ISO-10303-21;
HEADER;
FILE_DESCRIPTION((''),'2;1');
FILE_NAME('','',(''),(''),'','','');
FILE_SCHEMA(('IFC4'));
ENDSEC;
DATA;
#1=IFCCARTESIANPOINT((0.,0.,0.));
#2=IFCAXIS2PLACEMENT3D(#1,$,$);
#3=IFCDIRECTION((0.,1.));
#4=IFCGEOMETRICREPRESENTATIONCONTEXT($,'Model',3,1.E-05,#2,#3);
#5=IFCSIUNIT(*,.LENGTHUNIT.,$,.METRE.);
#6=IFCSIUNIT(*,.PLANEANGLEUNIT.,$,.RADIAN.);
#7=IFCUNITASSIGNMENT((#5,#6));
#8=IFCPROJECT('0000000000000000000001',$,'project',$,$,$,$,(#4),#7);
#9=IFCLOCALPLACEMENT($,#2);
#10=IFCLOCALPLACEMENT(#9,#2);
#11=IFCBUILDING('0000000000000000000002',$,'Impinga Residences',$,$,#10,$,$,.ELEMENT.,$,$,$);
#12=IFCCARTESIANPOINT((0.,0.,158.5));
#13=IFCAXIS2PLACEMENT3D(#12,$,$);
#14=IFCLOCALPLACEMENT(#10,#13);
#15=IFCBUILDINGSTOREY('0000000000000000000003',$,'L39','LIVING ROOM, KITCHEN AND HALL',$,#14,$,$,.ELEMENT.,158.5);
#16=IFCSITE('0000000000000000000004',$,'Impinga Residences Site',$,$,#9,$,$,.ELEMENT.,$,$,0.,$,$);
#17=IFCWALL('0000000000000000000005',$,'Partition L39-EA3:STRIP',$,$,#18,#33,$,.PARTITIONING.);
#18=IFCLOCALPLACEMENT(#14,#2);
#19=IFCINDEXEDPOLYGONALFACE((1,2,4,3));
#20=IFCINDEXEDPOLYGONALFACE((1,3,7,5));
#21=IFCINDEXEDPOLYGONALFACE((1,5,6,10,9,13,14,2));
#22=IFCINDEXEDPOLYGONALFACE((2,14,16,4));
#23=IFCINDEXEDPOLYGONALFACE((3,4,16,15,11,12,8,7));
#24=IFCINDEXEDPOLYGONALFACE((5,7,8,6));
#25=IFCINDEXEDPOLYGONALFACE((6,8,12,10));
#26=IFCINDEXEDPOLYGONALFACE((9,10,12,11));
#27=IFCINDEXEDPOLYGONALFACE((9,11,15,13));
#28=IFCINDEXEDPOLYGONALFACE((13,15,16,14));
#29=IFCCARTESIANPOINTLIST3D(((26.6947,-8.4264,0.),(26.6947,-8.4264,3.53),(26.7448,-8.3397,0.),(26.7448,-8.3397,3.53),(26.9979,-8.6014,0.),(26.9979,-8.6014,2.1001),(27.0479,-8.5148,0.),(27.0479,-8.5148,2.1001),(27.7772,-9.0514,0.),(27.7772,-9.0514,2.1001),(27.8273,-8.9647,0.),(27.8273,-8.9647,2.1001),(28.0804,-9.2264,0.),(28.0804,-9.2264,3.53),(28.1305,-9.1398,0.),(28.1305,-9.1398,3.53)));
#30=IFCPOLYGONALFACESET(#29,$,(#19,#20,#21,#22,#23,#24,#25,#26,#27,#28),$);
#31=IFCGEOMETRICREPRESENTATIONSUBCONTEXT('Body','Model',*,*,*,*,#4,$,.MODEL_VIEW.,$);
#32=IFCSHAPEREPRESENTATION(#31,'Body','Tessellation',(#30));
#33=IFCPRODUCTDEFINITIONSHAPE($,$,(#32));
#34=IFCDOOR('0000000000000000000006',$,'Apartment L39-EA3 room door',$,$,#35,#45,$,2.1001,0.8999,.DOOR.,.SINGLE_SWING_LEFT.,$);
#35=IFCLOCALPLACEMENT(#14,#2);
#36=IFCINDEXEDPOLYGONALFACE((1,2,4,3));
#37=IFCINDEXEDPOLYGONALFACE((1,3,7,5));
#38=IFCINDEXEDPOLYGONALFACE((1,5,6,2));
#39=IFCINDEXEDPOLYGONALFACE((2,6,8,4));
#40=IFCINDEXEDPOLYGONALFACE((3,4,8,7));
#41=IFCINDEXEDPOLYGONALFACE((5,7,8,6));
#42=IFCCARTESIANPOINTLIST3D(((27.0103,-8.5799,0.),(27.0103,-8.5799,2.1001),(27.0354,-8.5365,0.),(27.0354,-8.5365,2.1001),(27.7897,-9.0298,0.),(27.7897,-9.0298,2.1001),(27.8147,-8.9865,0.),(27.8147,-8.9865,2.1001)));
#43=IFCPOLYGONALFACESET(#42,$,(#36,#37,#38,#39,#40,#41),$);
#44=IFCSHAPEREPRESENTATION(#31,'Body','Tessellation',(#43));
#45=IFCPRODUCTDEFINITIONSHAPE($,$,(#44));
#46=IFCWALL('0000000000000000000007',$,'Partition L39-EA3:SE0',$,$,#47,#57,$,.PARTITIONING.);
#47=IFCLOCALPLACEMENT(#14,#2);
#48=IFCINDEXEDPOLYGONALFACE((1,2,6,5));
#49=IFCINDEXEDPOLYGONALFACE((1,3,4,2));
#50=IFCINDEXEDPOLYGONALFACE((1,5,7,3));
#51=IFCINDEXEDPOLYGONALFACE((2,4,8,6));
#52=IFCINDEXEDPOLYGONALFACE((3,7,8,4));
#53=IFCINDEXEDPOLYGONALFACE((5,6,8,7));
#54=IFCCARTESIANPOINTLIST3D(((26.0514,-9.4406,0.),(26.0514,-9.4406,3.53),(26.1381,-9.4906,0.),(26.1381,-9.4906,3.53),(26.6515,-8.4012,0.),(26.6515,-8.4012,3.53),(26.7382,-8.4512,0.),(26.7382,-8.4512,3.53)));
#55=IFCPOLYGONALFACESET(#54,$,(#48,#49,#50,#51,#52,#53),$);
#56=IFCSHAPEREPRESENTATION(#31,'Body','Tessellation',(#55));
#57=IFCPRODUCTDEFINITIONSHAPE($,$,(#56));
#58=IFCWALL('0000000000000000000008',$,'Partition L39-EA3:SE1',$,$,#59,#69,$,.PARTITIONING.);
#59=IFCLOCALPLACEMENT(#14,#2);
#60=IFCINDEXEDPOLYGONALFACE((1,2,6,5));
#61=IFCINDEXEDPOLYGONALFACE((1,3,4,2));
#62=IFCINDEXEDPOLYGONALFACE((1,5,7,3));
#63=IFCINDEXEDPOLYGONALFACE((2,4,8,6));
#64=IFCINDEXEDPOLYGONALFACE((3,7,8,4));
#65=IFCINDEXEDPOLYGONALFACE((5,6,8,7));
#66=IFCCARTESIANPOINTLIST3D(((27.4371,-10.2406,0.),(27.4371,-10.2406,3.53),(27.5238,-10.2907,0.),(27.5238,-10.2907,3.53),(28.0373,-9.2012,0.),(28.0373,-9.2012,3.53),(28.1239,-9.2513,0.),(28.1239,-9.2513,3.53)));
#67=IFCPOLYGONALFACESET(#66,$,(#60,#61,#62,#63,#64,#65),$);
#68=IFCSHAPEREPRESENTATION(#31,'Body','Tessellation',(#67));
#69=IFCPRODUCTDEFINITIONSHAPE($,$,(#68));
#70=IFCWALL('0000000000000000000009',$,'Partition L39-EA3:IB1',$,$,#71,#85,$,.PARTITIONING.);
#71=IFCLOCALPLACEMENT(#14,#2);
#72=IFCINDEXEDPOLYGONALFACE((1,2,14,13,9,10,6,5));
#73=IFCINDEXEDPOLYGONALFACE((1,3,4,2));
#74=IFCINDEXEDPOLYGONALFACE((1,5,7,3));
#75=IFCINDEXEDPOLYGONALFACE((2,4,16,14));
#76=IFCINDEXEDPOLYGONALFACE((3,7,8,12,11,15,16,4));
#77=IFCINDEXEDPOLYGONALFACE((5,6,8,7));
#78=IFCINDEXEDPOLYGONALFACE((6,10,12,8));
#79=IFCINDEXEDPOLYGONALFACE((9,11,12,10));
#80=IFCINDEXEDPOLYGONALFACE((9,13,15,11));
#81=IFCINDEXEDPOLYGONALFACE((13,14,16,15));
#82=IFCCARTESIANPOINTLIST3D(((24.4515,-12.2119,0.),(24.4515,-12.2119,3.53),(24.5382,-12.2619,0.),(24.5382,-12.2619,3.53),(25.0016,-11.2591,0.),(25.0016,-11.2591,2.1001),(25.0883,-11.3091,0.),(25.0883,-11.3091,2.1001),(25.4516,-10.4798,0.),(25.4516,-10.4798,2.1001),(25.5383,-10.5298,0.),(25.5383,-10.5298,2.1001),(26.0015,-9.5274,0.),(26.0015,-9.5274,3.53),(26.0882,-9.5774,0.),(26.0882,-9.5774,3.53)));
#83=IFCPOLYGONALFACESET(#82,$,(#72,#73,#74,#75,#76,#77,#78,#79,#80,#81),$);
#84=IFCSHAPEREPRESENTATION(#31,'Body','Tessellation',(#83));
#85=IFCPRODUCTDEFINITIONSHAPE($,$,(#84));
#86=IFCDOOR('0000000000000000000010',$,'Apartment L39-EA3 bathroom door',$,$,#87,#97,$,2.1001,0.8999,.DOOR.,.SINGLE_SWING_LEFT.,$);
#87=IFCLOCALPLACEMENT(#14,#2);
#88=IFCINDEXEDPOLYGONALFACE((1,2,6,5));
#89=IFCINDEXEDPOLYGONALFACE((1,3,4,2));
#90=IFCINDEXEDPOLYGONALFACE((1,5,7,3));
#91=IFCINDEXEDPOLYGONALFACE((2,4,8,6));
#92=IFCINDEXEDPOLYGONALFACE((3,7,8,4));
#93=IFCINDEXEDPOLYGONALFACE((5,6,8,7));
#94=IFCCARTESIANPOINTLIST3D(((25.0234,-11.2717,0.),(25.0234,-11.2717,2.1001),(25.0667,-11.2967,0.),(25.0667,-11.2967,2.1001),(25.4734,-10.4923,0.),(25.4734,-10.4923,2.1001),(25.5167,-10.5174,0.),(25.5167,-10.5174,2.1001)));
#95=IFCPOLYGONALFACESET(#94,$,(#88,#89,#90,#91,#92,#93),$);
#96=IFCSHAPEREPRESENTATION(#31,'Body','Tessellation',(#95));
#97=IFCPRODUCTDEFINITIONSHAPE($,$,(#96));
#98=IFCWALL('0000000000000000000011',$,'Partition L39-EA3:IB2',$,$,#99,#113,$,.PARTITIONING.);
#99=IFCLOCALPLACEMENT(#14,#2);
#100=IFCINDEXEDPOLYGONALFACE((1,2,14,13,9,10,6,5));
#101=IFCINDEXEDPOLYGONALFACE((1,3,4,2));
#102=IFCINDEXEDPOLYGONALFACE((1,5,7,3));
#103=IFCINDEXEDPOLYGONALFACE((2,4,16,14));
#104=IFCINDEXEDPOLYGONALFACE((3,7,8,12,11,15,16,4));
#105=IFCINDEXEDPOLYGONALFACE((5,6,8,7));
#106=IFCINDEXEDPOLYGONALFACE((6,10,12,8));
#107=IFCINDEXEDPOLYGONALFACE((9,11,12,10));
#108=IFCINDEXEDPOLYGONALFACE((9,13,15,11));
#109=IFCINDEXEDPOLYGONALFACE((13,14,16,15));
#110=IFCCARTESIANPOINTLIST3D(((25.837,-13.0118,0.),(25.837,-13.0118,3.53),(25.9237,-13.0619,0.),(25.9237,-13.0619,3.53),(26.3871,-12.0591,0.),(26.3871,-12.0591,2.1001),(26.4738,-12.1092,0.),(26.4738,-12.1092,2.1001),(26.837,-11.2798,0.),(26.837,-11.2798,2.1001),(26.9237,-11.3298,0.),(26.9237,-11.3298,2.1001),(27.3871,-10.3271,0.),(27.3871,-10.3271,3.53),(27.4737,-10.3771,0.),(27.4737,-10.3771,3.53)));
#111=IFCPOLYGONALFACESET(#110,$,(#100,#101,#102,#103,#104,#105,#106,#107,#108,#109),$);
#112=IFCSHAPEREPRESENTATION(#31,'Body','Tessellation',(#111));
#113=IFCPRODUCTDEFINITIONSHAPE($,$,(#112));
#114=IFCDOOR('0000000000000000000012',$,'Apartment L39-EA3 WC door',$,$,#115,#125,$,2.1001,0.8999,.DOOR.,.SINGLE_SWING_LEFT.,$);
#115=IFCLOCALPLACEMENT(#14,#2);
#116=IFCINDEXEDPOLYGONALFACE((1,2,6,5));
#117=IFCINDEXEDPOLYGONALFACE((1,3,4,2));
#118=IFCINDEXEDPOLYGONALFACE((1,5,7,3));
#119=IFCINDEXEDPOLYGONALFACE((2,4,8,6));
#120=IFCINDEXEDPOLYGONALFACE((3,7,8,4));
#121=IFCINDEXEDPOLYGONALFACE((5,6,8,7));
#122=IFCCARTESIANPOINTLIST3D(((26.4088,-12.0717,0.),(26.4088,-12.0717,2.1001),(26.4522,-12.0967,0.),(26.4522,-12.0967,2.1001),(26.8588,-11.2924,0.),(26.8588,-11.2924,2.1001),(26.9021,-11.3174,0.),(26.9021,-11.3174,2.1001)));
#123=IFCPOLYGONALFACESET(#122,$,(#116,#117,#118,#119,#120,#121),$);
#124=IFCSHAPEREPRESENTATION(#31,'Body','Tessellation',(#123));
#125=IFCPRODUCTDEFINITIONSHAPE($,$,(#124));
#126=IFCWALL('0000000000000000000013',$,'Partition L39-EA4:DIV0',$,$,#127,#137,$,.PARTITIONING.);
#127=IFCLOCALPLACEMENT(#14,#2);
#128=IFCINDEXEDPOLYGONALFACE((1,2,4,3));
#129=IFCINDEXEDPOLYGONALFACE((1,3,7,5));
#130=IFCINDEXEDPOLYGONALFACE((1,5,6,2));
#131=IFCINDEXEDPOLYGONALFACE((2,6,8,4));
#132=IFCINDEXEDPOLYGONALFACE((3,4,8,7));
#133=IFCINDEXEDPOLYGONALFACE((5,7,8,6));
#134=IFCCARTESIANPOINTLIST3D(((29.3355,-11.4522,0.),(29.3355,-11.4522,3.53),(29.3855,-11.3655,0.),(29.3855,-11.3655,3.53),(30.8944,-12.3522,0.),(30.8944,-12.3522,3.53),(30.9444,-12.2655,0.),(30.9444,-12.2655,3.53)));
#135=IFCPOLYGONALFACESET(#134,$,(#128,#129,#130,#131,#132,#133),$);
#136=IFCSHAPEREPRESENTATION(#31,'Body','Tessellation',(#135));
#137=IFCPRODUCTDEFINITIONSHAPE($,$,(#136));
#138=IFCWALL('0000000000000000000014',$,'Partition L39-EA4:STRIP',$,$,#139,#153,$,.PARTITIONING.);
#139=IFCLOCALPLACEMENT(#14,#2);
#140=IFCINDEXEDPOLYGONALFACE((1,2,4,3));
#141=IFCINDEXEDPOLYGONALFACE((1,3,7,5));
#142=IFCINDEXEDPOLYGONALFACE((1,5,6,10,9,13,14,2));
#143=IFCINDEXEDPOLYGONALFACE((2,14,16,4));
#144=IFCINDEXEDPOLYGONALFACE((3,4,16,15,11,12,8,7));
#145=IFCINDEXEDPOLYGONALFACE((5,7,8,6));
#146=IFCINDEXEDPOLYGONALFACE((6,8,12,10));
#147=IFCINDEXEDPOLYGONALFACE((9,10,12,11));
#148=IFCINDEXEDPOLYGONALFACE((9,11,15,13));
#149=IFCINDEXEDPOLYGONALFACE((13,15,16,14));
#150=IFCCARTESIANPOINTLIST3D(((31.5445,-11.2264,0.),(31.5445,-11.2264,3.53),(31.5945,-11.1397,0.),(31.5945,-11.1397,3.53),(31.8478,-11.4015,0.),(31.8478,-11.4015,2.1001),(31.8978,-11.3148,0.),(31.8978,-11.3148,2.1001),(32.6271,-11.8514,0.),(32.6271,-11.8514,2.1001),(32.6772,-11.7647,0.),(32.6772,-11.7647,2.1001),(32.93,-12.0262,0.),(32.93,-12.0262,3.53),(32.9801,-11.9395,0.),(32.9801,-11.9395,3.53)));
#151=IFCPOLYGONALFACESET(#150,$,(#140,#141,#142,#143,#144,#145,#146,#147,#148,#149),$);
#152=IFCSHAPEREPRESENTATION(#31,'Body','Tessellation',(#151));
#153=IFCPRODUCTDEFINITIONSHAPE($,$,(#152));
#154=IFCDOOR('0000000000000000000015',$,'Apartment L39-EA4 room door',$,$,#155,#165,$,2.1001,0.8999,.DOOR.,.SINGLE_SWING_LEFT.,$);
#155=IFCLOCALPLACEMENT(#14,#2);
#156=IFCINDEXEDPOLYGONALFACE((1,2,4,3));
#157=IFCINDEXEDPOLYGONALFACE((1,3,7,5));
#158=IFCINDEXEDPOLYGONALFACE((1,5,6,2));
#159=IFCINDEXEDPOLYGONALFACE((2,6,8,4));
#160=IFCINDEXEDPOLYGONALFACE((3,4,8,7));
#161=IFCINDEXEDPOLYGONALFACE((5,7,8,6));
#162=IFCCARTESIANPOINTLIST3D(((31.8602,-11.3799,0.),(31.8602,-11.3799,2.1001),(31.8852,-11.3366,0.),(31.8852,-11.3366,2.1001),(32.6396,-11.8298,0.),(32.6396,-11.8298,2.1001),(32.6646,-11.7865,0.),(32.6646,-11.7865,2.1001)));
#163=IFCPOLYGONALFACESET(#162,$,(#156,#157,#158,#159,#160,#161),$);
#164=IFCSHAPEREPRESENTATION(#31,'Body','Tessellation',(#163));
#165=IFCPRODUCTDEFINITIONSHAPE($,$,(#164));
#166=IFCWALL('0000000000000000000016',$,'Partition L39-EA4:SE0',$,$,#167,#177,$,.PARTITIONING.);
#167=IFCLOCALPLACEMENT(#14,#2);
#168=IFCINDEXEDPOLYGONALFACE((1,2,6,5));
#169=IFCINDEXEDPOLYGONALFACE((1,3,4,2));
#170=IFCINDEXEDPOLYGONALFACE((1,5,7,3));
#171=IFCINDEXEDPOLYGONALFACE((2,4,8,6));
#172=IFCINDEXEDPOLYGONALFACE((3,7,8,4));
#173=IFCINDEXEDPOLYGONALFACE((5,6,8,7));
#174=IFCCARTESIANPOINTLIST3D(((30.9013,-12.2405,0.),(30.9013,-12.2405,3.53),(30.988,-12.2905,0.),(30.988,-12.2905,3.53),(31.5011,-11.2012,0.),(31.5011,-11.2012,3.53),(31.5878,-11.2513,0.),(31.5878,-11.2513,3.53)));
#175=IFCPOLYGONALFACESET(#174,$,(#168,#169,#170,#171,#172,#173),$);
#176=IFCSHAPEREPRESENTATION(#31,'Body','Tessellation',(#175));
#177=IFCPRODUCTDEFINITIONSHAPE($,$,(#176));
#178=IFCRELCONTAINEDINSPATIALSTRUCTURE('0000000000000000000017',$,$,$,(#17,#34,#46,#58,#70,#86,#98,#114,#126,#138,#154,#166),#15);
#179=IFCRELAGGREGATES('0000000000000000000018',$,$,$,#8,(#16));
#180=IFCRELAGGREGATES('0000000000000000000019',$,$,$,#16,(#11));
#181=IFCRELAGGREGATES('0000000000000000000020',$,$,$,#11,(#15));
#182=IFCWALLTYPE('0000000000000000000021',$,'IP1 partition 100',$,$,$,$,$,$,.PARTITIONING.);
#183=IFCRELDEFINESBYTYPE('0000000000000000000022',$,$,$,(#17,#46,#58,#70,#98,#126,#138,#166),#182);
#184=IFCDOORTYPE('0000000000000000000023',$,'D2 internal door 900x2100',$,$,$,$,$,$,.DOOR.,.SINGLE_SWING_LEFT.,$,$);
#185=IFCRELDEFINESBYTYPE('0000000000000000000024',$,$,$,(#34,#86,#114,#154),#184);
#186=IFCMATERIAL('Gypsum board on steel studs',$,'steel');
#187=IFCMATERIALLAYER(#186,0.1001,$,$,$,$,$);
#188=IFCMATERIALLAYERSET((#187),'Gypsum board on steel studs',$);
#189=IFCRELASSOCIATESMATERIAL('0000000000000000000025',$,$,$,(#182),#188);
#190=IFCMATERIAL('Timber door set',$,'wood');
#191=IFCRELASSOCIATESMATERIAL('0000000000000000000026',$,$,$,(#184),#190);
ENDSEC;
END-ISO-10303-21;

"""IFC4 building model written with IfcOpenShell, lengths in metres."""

from ifc_helpers import new_model, si_unit, direction, frame, frame_2d, origin, place, context, subcontext, project, spatial, rectangle, extrude, material, layer, layer_set, type_object, element, fill, save


model = new_model("IFC4")

# Units and contexts
model_context = context("Model", 3, precision=1e-05, world=origin(), true_north=direction((0.0, 1.0)))
body_context = subcontext(model_context, "Body", "Model", "MODEL_VIEW")
ifc_project = project(units=[si_unit("LENGTHUNIT", "METRE"), si_unit("PLANEANGLEUNIT", "RADIAN")], contexts=[model_context])

# Site, building, storey
site_placement = place(None, origin())
site = spatial("IfcSite", under=ifc_project, at=site_placement, Name="Impinga Residences Site", CompositionType="ELEMENT", RefElevation=0.0)
building_placement = place(site_placement, origin())
building = spatial("IfcBuilding", under=site, at=building_placement, Name="Impinga Residences", CompositionType="ELEMENT")
storey_placement = place(building_placement, frame((0.0, 0.0, 158.5)))
storey = spatial("IfcBuildingStorey", under=building, at=storey_placement, Name="L39", Description="LIVING ROOM, KITCHEN AND HALL", CompositionType="ELEMENT", Elevation=158.5)

# Shared definitions
ifc_material_1 = material(Name="Timber door set", Category="wood")

# Shared definitions
ifc_material_2 = material(Name="Gypsum board on steel studs", Category="steel")
ifc_layer_1 = layer(ifc_material_2, 0.1001)
ifc_layer_set_1 = layer_set([ifc_layer_1], Name="Gypsum board on steel studs")
wall_type_1 = type_object("IfcWallType", Name="IP1 partition 100", PredefinedType="PARTITIONING", material=ifc_layer_set_1)

# Wall, opening, door
wall_1_placement = place(storey_placement, frame((26.7197, -8.3831, 0.0), z_axis=(0.0, 0.0, 1.0), x_axis=(0.866028, -0.499995, 0.0)))
wall_1 = element("IfcWall", 1, at=wall_1_placement, inside=storey, type_object=wall_type_1, Name="Partition L39-EA3:STRIP", PredefinedType="PARTITIONING", context=body_context, shape_type="SweptSolid", body=[
    extrude(rectangle(XDim=1.6001, YDim=0.1001, at=frame_2d((0.8, 0.0))), origin(), (0.0, 0.0, 1.0), 3.53),
])
opening_1_placement = place(wall_1_placement, frame((0.3501, 0.0, 0.0)))
opening_1 = element("IfcOpeningElement", 2, at=opening_1_placement, cuts=wall_1, PredefinedType="OPENING", context=body_context, shape_type="SweptSolid", body=[
    extrude(rectangle(XDim=0.8999, YDim=2.1001, at=frame_2d((0.45, 1.05))), frame((0.0, 0.0601, 0.0), z_axis=(0.0, -1.0, 0.0), x_axis=(1.0, 0.0, 0.0)), (0.0, 0.0, 1.0), 0.1201),
])
door_type_1 = type_object("IfcDoorType", Name="D2 internal door 900x2100", OperationType="SINGLE_SWING_LEFT", PredefinedType="DOOR", material=ifc_material_1)
door_1_placement = place(opening_1_placement, origin())
door_1 = element("IfcDoor", 3, at=door_1_placement, inside=storey, type_object=door_type_1, Name="Apartment L39-EA3 room door", OperationType="SINGLE_SWING_LEFT", OverallHeight=2.1001, OverallWidth=0.8999, PredefinedType="DOOR", context=body_context, shape_type="SweptSolid", body=[
    extrude(rectangle(XDim=0.8999, YDim=2.1001, at=frame_2d((0.45, 1.05))), frame((0.0, 0.0249, 0.0), z_axis=(0.0, -1.0, 0.0), x_axis=(1.0, 0.0, 0.0)), (0.0, 0.0, 1.0), 0.05),
])
fill(opening_1, door_1)

# Walls
for number, where, z_axis, x_axis, name in (
    (4, (26.0947, -9.4656, 0.0), (0.0, 0.0, 1.0), (0.500034, 0.866006, 0.0), "Partition L39-EA3:SE0"),
    (5, (27.4805, -10.2656, 0.0), (0.0, 0.0, 1.0), (0.500034, 0.866006, 0.0), "Partition L39-EA3:SE1"),
):
    element("IfcWall", number, at=place(storey_placement, frame(where, z_axis=z_axis, x_axis=x_axis)), inside=storey, type_object=wall_type_1, Name=name, PredefinedType="PARTITIONING", context=body_context, shape_type="SweptSolid", body=[
        extrude(rectangle(XDim=1.2002, YDim=0.1001, at=frame_2d((0.6001, 0.0))), origin(), (0.0, 0.0, 1.0), 3.53),
    ])

# Walls, openings, doors
wall_2_placement = place(storey_placement, frame((24.4949, -12.2368, 0.0), z_axis=(0.0, 0.0, 1.0), x_axis=(0.500027, 0.86601, 0.0)))
wall_2 = element("IfcWall", 6, at=wall_2_placement, inside=storey, type_object=wall_type_1, Name="Partition L39-EA3:IB1", PredefinedType="PARTITIONING", context=body_context, shape_type="SweptSolid", body=[
    extrude(rectangle(XDim=3.0999, YDim=0.1001, at=frame_2d((1.5498, 0.0))), origin(), (0.0, 0.0, 1.0), 3.53),
])
opening_2_placement = place(wall_2_placement, frame((1.1001, 0.0, 0.0)))
opening_2 = element("IfcOpeningElement", 7, at=opening_2_placement, cuts=wall_2, PredefinedType="OPENING", context=body_context, shape_type="SweptSolid", body=[
    extrude(rectangle(XDim=0.8999, YDim=2.1001, at=frame_2d((0.45, 1.05))), frame((0.0, 0.0601, 0.0), z_axis=(0.0, -1.0, 0.0), x_axis=(1.0, 0.0, 0.0)), (0.0, 0.0, 1.0), 0.1201),
])
door_2_placement = place(opening_2_placement, origin())
door_2 = element("IfcDoor", 8, at=door_2_placement, inside=storey, type_object=door_type_1, Name="Apartment L39-EA3 bathroom door", OperationType="SINGLE_SWING_LEFT", OverallHeight=2.1001, OverallWidth=0.8999, PredefinedType="DOOR", context=body_context, shape_type="SweptSolid", body=[
    extrude(rectangle(XDim=0.8999, YDim=2.1001, at=frame_2d((0.45, 1.05))), frame((0.0, 0.0249, 0.0), z_axis=(0.0, -1.0, 0.0), x_axis=(1.0, 0.0, 0.0)), (0.0, 0.0, 1.0), 0.05),
])
fill(opening_2, door_2)
wall_3_placement = place(storey_placement, frame((25.8804, -13.0369, 0.0), z_axis=(0.0, 0.0, 1.0), x_axis=(0.499993, 0.86603, 0.0)))
wall_3 = element("IfcWall", 9, at=wall_3_placement, inside=storey, type_object=wall_type_1, Name="Partition L39-EA3:IB2", PredefinedType="PARTITIONING", context=body_context, shape_type="SweptSolid", body=[
    extrude(rectangle(XDim=3.1001, YDim=0.1001, at=frame_2d((1.55, 0.0))), origin(), (0.0, 0.0, 1.0), 3.53),
])
opening_3_placement = place(wall_3_placement, frame((1.1001, 0.0, 0.0)))
opening_3 = element("IfcOpeningElement", 10, at=opening_3_placement, cuts=wall_3, PredefinedType="OPENING", context=body_context, shape_type="SweptSolid", body=[
    extrude(rectangle(XDim=0.8999, YDim=2.1001, at=frame_2d((0.45, 1.05))), frame((0.0, 0.0601, 0.0), z_axis=(0.0, -1.0, 0.0), x_axis=(1.0, 0.0, 0.0)), (0.0, 0.0, 1.0), 0.1201),
])
door_3_placement = place(opening_3_placement, origin())
door_3 = element("IfcDoor", 11, at=door_3_placement, inside=storey, type_object=door_type_1, Name="Apartment L39-EA3 WC door", OperationType="SINGLE_SWING_LEFT", OverallHeight=2.1001, OverallWidth=0.8999, PredefinedType="DOOR", context=body_context, shape_type="SweptSolid", body=[
    extrude(rectangle(XDim=0.8999, YDim=2.1001, at=frame_2d((0.45, 1.05))), frame((0.0, 0.0249, 0.0), z_axis=(0.0, -1.0, 0.0), x_axis=(1.0, 0.0, 0.0)), (0.0, 0.0, 1.0), 0.05),
])
fill(opening_3, door_3)

# Wall
wall_4_placement = place(storey_placement, frame((29.3606, -11.4089, 0.0), z_axis=(0.0, 0.0, 1.0), x_axis=(0.866048, -0.499961, 0.0)))
element("IfcWall", 12, at=wall_4_placement, inside=storey, type_object=wall_type_1, Name="Partition L39-EA4:DIV0", PredefinedType="PARTITIONING", context=body_context, shape_type="SweptSolid", body=[
    extrude(rectangle(XDim=1.8, YDim=0.1001, at=frame_2d((0.8999, 0.0))), origin(), (0.0, 0.0, 1.0), 3.53),
])

# Wall, opening, door
wall_5_placement = place(storey_placement, frame((31.5696, -11.1831, 0.0), z_axis=(0.0, 0.0, 1.0), x_axis=(0.866056, -0.499947, 0.0)))
wall_5 = element("IfcWall", 13, at=wall_5_placement, inside=storey, type_object=wall_type_1, Name="Partition L39-EA4:STRIP", PredefinedType="PARTITIONING", context=body_context, shape_type="SweptSolid", body=[
    extrude(rectangle(XDim=1.5999, YDim=0.1001, at=frame_2d((0.7998, 0.0))), origin(), (0.0, 0.0, 1.0), 3.53),
])
opening_4_placement = place(wall_5_placement, frame((0.3501, 0.0, 0.0)))
opening_4 = element("IfcOpeningElement", 14, at=opening_4_placement, cuts=wall_5, PredefinedType="OPENING", context=body_context, shape_type="SweptSolid", body=[
    extrude(rectangle(XDim=0.8999, YDim=2.1001, at=frame_2d((0.45, 1.05))), frame((0.0, 0.0601, 0.0), z_axis=(0.0, -1.0, 0.0), x_axis=(1.0, 0.0, 0.0)), (0.0, 0.0, 1.0), 0.1201),
])
door_4_placement = place(opening_4_placement, origin())
door_4 = element("IfcDoor", 15, at=door_4_placement, inside=storey, type_object=door_type_1, Name="Apartment L39-EA4 room door", OperationType="SINGLE_SWING_LEFT", OverallHeight=2.1001, OverallWidth=0.8999, PredefinedType="DOOR", context=body_context, shape_type="SweptSolid", body=[
    extrude(rectangle(XDim=0.8999, YDim=2.1001, at=frame_2d((0.45, 1.05))), frame((0.0, 0.0249, 0.0), z_axis=(0.0, -1.0, 0.0), x_axis=(1.0, 0.0, 0.0)), (0.0, 0.0, 1.0), 0.05),
])
fill(opening_4, door_4)

# Wall
for number, where, z_axis, x_axis, name in (
    (16, (30.9446, -12.2656, 0.0), (0.0, 0.0, 1.0), (0.499881, 0.866094, 0.0), "Partition L39-EA4:SE0"),
):
    element("IfcWall", number, at=place(storey_placement, frame(where, z_axis=z_axis, x_axis=x_axis)), inside=storey, type_object=wall_type_1, Name=name, PredefinedType="PARTITIONING", context=body_context, shape_type="SweptSolid", body=[
        extrude(rectangle(XDim=1.2, YDim=0.1001, at=frame_2d((0.6001, 0.0))), origin(), (0.0, 0.0, 1.0), 3.53),
    ])

save(model, "model.ifc")
